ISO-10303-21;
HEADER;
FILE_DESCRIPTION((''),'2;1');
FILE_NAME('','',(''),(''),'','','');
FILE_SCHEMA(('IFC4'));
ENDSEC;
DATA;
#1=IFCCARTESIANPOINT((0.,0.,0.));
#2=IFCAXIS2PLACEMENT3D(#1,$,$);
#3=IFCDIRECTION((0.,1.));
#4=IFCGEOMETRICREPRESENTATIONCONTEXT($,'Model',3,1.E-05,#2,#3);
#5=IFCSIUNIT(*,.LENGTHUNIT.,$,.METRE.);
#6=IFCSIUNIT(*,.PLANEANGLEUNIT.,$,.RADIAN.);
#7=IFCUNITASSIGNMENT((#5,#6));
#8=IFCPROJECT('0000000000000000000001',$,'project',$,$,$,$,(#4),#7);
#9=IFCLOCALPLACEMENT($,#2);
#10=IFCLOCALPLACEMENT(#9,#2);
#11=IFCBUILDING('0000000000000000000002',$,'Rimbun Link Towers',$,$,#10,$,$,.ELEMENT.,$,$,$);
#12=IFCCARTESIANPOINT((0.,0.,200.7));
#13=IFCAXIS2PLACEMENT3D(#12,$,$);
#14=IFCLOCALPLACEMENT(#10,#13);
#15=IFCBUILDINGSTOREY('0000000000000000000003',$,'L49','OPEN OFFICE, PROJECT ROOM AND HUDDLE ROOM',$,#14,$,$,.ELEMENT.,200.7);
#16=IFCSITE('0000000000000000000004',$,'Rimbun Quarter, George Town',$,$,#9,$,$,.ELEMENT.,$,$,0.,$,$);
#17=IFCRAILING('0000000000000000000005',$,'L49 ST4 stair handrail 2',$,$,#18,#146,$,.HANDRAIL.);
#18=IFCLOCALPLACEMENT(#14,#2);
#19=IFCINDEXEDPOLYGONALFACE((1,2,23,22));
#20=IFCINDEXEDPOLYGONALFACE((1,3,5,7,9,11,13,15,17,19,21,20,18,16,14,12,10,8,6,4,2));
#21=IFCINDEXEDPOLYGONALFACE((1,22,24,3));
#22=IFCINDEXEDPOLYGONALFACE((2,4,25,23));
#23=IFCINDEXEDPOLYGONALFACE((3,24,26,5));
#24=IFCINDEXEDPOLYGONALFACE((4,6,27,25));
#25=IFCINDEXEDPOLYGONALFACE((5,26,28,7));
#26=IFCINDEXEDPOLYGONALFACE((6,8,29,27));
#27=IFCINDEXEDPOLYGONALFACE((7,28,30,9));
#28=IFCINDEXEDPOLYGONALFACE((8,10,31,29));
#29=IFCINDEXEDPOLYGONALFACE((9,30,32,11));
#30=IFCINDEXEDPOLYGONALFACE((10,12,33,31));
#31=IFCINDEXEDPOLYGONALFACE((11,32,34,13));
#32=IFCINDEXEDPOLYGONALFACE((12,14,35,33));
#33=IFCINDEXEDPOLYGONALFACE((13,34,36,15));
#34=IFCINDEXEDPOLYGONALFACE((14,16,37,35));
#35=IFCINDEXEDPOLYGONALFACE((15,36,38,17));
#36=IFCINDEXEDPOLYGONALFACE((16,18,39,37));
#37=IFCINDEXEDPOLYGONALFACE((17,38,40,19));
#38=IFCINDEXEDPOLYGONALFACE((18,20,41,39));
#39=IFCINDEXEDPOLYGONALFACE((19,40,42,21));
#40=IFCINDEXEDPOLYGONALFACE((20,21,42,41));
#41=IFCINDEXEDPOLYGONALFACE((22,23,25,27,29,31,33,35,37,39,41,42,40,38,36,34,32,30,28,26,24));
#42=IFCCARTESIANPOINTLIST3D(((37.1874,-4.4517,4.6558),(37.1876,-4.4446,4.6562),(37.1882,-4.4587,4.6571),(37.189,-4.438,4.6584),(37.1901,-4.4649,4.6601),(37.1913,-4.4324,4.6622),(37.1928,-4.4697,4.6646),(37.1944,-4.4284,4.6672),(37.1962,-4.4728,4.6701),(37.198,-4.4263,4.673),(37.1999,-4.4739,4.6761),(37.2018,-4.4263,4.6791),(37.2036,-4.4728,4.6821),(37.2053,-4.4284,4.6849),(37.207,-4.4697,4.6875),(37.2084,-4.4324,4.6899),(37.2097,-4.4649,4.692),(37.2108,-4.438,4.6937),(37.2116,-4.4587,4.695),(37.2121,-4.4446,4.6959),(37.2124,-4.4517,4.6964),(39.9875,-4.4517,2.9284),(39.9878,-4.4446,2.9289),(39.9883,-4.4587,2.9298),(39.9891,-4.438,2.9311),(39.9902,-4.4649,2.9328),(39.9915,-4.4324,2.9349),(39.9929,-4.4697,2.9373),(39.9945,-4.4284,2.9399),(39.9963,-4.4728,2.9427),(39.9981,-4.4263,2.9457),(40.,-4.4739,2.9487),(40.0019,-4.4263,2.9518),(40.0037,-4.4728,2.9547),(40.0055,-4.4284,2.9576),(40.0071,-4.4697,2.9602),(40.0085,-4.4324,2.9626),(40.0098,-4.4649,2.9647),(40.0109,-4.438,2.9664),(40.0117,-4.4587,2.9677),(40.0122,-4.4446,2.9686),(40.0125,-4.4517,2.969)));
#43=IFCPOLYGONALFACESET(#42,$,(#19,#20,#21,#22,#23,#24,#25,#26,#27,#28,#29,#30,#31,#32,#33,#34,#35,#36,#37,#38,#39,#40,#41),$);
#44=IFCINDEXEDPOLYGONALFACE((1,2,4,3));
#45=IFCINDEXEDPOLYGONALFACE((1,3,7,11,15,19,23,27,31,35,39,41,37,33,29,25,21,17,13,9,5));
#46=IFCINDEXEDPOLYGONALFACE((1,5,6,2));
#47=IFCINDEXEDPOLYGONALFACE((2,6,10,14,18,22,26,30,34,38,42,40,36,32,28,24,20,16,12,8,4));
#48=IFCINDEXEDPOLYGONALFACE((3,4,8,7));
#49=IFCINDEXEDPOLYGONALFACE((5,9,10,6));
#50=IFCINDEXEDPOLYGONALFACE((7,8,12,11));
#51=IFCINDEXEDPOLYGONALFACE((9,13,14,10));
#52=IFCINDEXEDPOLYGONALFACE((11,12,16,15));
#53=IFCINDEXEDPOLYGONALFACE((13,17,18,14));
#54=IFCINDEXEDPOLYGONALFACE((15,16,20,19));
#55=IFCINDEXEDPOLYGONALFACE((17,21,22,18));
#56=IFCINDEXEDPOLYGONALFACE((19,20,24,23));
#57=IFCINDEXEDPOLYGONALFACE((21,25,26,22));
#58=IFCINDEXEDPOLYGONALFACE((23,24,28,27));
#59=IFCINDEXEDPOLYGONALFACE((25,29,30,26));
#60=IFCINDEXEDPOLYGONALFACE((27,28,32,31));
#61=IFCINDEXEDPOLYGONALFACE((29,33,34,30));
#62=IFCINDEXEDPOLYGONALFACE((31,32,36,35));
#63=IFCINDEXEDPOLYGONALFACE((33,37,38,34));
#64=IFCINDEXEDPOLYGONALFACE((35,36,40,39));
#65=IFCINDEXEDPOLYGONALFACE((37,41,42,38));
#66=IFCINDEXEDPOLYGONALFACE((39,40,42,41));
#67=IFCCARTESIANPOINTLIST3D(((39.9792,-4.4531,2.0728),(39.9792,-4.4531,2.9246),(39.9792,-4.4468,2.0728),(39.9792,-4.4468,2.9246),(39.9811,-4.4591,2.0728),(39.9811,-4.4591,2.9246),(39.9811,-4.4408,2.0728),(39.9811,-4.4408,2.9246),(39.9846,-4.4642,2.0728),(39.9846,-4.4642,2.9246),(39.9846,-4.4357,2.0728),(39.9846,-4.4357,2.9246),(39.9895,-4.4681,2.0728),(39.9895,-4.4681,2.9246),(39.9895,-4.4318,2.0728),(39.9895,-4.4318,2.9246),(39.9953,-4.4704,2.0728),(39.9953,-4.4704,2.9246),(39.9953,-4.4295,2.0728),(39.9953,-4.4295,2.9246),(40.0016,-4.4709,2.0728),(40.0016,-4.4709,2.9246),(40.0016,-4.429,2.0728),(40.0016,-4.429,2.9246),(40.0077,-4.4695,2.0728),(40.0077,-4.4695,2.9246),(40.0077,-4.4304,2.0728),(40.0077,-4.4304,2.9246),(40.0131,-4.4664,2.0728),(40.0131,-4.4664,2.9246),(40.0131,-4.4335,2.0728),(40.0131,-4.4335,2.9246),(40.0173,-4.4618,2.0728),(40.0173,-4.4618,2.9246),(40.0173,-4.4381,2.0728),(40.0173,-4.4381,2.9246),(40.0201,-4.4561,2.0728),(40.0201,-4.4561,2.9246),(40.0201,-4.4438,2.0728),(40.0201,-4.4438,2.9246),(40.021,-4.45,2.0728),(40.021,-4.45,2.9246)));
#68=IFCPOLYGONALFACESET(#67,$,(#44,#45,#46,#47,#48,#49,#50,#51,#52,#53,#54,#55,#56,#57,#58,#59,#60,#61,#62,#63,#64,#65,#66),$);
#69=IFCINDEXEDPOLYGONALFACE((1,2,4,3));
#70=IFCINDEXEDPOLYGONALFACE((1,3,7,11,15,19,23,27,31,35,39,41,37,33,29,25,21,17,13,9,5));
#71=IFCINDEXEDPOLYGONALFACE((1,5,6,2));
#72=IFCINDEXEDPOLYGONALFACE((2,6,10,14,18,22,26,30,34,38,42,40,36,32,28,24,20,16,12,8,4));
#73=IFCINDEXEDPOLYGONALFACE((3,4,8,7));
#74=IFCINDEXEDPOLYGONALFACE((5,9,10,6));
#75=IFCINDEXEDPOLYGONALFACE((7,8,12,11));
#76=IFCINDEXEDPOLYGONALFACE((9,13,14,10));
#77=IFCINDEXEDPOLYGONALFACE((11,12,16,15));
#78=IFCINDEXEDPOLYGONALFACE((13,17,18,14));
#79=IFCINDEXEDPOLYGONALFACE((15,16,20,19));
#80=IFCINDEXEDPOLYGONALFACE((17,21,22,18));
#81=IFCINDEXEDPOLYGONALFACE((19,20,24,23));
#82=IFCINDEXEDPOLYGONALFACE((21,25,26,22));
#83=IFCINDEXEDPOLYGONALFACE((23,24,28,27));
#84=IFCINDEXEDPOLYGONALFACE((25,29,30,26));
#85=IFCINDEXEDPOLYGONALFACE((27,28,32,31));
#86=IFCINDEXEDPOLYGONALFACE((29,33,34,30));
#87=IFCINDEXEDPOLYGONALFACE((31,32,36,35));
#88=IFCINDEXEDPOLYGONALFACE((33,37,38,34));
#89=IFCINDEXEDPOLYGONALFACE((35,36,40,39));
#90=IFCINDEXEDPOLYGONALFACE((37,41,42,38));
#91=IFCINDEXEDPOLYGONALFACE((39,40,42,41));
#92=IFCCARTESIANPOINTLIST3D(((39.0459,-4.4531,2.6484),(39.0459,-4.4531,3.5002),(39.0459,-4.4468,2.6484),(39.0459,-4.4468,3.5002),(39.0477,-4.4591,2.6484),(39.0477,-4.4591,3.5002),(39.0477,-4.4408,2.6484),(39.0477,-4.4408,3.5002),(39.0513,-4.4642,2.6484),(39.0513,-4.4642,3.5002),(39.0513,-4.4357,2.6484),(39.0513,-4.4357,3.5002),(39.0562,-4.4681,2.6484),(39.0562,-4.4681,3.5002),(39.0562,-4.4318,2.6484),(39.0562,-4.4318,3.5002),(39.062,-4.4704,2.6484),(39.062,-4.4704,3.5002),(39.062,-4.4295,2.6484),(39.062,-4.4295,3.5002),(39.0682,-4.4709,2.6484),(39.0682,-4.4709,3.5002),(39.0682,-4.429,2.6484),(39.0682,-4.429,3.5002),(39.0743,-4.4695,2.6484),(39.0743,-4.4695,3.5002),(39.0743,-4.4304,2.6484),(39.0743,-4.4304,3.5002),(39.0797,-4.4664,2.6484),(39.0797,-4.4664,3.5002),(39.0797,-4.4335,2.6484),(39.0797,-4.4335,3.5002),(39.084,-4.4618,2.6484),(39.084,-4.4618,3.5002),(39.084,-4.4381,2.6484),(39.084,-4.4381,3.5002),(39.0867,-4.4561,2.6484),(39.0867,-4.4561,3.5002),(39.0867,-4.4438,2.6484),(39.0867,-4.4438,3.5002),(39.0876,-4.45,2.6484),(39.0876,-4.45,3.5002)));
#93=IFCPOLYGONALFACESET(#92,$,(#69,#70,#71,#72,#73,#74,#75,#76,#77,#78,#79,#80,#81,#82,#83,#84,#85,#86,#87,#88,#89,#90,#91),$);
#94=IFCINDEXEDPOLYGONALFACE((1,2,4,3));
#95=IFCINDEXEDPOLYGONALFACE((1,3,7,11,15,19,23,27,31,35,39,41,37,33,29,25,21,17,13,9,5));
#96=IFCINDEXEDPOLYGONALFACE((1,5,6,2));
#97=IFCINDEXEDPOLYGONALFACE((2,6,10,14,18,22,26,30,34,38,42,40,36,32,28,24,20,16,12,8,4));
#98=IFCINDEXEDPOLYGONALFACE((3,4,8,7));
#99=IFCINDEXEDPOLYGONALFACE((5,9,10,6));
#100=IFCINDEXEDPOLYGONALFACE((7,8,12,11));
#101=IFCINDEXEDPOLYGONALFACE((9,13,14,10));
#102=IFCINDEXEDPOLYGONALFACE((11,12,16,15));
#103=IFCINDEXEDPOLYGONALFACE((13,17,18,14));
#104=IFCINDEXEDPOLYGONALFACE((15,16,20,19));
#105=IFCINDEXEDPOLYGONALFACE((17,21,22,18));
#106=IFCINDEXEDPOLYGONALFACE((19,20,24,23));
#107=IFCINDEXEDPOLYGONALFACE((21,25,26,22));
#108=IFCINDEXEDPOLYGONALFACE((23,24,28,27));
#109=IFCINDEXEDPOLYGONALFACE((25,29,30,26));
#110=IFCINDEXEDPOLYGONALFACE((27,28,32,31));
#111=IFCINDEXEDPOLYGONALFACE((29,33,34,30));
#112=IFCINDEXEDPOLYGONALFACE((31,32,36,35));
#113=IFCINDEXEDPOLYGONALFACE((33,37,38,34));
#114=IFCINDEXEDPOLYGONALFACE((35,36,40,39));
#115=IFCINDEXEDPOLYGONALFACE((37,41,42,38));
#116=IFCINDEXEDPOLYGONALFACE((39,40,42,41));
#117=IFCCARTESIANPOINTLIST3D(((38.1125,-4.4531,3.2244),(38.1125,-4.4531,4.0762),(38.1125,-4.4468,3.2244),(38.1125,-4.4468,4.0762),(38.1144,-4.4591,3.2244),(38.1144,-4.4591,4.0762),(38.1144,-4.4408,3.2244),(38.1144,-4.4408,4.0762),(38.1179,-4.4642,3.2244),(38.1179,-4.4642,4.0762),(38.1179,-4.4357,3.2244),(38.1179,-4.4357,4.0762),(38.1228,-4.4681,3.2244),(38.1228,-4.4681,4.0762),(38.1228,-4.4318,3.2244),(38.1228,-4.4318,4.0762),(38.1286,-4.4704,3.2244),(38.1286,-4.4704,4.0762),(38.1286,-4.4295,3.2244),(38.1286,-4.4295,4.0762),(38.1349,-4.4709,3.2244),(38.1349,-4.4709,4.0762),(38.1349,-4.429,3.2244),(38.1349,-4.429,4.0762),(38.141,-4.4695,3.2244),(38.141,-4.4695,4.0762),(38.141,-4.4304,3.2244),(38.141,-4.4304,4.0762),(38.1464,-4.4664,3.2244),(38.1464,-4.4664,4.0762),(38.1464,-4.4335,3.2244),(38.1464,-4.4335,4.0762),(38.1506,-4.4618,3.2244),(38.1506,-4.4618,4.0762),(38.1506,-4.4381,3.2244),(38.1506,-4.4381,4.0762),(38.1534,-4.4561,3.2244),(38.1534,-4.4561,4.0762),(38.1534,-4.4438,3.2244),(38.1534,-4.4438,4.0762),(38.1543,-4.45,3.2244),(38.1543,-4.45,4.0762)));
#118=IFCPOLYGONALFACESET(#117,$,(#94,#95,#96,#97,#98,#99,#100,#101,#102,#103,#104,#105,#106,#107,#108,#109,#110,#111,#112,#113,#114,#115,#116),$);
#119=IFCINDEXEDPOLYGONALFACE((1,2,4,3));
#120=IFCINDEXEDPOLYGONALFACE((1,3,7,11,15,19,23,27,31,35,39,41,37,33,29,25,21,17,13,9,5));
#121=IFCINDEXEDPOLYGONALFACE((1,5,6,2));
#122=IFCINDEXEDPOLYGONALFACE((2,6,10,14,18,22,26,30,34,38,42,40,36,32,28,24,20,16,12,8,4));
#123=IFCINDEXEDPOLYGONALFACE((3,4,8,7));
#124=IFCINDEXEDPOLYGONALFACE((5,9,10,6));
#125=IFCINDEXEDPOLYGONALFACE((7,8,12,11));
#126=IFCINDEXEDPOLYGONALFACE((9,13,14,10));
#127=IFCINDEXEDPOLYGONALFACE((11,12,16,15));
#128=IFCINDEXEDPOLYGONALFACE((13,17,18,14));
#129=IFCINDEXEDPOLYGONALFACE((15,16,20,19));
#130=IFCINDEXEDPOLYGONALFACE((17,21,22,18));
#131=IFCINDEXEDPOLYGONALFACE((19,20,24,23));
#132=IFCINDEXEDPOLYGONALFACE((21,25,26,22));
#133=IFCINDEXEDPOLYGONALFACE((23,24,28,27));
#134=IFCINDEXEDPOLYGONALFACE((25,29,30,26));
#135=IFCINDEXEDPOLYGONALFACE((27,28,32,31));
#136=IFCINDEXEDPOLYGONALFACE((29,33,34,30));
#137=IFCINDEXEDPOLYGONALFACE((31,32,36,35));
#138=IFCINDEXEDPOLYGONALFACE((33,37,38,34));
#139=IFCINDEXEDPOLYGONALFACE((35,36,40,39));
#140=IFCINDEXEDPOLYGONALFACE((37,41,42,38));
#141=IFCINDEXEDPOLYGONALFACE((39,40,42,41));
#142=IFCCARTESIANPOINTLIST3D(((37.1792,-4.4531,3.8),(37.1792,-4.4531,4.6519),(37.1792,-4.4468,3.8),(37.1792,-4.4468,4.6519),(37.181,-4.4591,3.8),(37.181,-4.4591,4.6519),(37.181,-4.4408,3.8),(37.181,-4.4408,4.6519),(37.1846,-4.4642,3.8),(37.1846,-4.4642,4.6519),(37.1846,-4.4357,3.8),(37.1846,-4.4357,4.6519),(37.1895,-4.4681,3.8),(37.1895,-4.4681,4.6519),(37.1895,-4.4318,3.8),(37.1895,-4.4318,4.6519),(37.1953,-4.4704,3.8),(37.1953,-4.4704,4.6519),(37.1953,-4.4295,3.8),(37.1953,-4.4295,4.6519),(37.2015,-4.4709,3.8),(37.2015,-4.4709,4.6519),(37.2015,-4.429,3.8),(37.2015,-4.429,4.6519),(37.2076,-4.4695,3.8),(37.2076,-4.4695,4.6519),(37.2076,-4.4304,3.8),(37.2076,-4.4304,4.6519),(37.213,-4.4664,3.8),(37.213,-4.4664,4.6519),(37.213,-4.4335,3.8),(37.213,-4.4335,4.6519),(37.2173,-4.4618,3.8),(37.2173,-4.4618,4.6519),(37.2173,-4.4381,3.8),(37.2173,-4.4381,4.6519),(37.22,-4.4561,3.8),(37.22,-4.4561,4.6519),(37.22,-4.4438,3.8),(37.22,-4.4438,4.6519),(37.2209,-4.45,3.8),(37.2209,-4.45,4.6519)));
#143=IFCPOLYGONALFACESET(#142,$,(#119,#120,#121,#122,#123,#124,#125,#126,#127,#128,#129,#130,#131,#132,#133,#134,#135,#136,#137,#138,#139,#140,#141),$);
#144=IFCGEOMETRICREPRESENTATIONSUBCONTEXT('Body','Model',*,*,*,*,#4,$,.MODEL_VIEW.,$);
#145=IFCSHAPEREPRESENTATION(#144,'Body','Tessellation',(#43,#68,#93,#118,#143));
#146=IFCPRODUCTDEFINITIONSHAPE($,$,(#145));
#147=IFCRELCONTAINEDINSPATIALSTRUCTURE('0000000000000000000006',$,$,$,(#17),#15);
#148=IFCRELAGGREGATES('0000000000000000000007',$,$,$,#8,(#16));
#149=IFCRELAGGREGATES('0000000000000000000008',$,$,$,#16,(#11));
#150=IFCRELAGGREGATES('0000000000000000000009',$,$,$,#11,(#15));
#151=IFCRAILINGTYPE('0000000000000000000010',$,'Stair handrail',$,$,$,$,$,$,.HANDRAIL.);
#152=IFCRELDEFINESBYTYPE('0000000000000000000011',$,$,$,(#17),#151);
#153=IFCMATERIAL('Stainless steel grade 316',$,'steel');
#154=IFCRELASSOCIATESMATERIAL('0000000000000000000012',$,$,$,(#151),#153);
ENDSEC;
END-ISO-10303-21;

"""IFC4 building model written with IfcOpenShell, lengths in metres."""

from ifc_helpers import new_model, si_unit, direction, frame, origin, origin_2d, place, context, subcontext, project, spatial, circle, extrude, material, type_object, element, save


model = new_model("IFC4")

# Units and contexts
model_context = context("Model", 3, precision=1e-05, world=origin(), true_north=direction((0.0, 1.0)))
body_context = subcontext(model_context, "Body", "Model", "MODEL_VIEW")
ifc_project = project(units=[si_unit("LENGTHUNIT", "METRE"), si_unit("PLANEANGLEUNIT", "RADIAN")], contexts=[model_context])

# Site, building, storey
site_placement = place(None, origin())
site = spatial("IfcSite", under=ifc_project, at=site_placement, Name="Rimbun Quarter, George Town", CompositionType="ELEMENT", RefElevation=0.0)
building_placement = place(site_placement, origin())
building = spatial("IfcBuilding", under=site, at=building_placement, Name="Rimbun Link Towers", CompositionType="ELEMENT")
storey_placement = place(building_placement, frame((0.0, 0.0, 200.7)))
storey = spatial("IfcBuildingStorey", under=building, at=storey_placement, Name="L49", Description="OPEN OFFICE, PROJECT ROOM AND HUDDLE ROOM", CompositionType="ELEMENT", Elevation=200.7)

# Railing
ifc_material_1 = material(Name="Stainless steel grade 316", Category="steel")
railing_type_1 = type_object("IfcRailingType", Name="Stair handrail", PredefinedType="HANDRAIL", material=ifc_material_1)
railing_1_placement = place(storey_placement, frame((40.0, -4.45, 2.0728)))
element("IfcRailing", 1, at=railing_1_placement, inside=storey, type_object=railing_type_1, Name="L49 ST4 stair handrail 2", PredefinedType="HANDRAIL", context=body_context, shape_type="SweptSolid", body=[
    extrude(circle(Radius=0.0239, at=origin_2d()), frame((0.0, 0.0, 0.876), z_axis=(-0.85109, 0.0, 0.52502), x_axis=(0.0, -1.0, 0.0)), (0.0, 0.0, 1.0), 3.29),
    extrude(circle(Radius=0.021, at=origin_2d()), origin(), (0.0, 0.0, 1.0), 0.8518),
    extrude(circle(Radius=0.021, at=origin_2d()), frame((-0.9333, 0.0, 0.5757)), (0.0, 0.0, 1.0), 0.8518),
    extrude(circle(Radius=0.021, at=origin_2d()), frame((-1.8667, 0.0, 1.1516)), (0.0, 0.0, 1.0), 0.8518),
    extrude(circle(Radius=0.021, at=origin_2d()), frame((-2.8, 0.0, 1.7273)), (0.0, 0.0, 1.0), 0.8518),
])

save(model, "model.ifc")
